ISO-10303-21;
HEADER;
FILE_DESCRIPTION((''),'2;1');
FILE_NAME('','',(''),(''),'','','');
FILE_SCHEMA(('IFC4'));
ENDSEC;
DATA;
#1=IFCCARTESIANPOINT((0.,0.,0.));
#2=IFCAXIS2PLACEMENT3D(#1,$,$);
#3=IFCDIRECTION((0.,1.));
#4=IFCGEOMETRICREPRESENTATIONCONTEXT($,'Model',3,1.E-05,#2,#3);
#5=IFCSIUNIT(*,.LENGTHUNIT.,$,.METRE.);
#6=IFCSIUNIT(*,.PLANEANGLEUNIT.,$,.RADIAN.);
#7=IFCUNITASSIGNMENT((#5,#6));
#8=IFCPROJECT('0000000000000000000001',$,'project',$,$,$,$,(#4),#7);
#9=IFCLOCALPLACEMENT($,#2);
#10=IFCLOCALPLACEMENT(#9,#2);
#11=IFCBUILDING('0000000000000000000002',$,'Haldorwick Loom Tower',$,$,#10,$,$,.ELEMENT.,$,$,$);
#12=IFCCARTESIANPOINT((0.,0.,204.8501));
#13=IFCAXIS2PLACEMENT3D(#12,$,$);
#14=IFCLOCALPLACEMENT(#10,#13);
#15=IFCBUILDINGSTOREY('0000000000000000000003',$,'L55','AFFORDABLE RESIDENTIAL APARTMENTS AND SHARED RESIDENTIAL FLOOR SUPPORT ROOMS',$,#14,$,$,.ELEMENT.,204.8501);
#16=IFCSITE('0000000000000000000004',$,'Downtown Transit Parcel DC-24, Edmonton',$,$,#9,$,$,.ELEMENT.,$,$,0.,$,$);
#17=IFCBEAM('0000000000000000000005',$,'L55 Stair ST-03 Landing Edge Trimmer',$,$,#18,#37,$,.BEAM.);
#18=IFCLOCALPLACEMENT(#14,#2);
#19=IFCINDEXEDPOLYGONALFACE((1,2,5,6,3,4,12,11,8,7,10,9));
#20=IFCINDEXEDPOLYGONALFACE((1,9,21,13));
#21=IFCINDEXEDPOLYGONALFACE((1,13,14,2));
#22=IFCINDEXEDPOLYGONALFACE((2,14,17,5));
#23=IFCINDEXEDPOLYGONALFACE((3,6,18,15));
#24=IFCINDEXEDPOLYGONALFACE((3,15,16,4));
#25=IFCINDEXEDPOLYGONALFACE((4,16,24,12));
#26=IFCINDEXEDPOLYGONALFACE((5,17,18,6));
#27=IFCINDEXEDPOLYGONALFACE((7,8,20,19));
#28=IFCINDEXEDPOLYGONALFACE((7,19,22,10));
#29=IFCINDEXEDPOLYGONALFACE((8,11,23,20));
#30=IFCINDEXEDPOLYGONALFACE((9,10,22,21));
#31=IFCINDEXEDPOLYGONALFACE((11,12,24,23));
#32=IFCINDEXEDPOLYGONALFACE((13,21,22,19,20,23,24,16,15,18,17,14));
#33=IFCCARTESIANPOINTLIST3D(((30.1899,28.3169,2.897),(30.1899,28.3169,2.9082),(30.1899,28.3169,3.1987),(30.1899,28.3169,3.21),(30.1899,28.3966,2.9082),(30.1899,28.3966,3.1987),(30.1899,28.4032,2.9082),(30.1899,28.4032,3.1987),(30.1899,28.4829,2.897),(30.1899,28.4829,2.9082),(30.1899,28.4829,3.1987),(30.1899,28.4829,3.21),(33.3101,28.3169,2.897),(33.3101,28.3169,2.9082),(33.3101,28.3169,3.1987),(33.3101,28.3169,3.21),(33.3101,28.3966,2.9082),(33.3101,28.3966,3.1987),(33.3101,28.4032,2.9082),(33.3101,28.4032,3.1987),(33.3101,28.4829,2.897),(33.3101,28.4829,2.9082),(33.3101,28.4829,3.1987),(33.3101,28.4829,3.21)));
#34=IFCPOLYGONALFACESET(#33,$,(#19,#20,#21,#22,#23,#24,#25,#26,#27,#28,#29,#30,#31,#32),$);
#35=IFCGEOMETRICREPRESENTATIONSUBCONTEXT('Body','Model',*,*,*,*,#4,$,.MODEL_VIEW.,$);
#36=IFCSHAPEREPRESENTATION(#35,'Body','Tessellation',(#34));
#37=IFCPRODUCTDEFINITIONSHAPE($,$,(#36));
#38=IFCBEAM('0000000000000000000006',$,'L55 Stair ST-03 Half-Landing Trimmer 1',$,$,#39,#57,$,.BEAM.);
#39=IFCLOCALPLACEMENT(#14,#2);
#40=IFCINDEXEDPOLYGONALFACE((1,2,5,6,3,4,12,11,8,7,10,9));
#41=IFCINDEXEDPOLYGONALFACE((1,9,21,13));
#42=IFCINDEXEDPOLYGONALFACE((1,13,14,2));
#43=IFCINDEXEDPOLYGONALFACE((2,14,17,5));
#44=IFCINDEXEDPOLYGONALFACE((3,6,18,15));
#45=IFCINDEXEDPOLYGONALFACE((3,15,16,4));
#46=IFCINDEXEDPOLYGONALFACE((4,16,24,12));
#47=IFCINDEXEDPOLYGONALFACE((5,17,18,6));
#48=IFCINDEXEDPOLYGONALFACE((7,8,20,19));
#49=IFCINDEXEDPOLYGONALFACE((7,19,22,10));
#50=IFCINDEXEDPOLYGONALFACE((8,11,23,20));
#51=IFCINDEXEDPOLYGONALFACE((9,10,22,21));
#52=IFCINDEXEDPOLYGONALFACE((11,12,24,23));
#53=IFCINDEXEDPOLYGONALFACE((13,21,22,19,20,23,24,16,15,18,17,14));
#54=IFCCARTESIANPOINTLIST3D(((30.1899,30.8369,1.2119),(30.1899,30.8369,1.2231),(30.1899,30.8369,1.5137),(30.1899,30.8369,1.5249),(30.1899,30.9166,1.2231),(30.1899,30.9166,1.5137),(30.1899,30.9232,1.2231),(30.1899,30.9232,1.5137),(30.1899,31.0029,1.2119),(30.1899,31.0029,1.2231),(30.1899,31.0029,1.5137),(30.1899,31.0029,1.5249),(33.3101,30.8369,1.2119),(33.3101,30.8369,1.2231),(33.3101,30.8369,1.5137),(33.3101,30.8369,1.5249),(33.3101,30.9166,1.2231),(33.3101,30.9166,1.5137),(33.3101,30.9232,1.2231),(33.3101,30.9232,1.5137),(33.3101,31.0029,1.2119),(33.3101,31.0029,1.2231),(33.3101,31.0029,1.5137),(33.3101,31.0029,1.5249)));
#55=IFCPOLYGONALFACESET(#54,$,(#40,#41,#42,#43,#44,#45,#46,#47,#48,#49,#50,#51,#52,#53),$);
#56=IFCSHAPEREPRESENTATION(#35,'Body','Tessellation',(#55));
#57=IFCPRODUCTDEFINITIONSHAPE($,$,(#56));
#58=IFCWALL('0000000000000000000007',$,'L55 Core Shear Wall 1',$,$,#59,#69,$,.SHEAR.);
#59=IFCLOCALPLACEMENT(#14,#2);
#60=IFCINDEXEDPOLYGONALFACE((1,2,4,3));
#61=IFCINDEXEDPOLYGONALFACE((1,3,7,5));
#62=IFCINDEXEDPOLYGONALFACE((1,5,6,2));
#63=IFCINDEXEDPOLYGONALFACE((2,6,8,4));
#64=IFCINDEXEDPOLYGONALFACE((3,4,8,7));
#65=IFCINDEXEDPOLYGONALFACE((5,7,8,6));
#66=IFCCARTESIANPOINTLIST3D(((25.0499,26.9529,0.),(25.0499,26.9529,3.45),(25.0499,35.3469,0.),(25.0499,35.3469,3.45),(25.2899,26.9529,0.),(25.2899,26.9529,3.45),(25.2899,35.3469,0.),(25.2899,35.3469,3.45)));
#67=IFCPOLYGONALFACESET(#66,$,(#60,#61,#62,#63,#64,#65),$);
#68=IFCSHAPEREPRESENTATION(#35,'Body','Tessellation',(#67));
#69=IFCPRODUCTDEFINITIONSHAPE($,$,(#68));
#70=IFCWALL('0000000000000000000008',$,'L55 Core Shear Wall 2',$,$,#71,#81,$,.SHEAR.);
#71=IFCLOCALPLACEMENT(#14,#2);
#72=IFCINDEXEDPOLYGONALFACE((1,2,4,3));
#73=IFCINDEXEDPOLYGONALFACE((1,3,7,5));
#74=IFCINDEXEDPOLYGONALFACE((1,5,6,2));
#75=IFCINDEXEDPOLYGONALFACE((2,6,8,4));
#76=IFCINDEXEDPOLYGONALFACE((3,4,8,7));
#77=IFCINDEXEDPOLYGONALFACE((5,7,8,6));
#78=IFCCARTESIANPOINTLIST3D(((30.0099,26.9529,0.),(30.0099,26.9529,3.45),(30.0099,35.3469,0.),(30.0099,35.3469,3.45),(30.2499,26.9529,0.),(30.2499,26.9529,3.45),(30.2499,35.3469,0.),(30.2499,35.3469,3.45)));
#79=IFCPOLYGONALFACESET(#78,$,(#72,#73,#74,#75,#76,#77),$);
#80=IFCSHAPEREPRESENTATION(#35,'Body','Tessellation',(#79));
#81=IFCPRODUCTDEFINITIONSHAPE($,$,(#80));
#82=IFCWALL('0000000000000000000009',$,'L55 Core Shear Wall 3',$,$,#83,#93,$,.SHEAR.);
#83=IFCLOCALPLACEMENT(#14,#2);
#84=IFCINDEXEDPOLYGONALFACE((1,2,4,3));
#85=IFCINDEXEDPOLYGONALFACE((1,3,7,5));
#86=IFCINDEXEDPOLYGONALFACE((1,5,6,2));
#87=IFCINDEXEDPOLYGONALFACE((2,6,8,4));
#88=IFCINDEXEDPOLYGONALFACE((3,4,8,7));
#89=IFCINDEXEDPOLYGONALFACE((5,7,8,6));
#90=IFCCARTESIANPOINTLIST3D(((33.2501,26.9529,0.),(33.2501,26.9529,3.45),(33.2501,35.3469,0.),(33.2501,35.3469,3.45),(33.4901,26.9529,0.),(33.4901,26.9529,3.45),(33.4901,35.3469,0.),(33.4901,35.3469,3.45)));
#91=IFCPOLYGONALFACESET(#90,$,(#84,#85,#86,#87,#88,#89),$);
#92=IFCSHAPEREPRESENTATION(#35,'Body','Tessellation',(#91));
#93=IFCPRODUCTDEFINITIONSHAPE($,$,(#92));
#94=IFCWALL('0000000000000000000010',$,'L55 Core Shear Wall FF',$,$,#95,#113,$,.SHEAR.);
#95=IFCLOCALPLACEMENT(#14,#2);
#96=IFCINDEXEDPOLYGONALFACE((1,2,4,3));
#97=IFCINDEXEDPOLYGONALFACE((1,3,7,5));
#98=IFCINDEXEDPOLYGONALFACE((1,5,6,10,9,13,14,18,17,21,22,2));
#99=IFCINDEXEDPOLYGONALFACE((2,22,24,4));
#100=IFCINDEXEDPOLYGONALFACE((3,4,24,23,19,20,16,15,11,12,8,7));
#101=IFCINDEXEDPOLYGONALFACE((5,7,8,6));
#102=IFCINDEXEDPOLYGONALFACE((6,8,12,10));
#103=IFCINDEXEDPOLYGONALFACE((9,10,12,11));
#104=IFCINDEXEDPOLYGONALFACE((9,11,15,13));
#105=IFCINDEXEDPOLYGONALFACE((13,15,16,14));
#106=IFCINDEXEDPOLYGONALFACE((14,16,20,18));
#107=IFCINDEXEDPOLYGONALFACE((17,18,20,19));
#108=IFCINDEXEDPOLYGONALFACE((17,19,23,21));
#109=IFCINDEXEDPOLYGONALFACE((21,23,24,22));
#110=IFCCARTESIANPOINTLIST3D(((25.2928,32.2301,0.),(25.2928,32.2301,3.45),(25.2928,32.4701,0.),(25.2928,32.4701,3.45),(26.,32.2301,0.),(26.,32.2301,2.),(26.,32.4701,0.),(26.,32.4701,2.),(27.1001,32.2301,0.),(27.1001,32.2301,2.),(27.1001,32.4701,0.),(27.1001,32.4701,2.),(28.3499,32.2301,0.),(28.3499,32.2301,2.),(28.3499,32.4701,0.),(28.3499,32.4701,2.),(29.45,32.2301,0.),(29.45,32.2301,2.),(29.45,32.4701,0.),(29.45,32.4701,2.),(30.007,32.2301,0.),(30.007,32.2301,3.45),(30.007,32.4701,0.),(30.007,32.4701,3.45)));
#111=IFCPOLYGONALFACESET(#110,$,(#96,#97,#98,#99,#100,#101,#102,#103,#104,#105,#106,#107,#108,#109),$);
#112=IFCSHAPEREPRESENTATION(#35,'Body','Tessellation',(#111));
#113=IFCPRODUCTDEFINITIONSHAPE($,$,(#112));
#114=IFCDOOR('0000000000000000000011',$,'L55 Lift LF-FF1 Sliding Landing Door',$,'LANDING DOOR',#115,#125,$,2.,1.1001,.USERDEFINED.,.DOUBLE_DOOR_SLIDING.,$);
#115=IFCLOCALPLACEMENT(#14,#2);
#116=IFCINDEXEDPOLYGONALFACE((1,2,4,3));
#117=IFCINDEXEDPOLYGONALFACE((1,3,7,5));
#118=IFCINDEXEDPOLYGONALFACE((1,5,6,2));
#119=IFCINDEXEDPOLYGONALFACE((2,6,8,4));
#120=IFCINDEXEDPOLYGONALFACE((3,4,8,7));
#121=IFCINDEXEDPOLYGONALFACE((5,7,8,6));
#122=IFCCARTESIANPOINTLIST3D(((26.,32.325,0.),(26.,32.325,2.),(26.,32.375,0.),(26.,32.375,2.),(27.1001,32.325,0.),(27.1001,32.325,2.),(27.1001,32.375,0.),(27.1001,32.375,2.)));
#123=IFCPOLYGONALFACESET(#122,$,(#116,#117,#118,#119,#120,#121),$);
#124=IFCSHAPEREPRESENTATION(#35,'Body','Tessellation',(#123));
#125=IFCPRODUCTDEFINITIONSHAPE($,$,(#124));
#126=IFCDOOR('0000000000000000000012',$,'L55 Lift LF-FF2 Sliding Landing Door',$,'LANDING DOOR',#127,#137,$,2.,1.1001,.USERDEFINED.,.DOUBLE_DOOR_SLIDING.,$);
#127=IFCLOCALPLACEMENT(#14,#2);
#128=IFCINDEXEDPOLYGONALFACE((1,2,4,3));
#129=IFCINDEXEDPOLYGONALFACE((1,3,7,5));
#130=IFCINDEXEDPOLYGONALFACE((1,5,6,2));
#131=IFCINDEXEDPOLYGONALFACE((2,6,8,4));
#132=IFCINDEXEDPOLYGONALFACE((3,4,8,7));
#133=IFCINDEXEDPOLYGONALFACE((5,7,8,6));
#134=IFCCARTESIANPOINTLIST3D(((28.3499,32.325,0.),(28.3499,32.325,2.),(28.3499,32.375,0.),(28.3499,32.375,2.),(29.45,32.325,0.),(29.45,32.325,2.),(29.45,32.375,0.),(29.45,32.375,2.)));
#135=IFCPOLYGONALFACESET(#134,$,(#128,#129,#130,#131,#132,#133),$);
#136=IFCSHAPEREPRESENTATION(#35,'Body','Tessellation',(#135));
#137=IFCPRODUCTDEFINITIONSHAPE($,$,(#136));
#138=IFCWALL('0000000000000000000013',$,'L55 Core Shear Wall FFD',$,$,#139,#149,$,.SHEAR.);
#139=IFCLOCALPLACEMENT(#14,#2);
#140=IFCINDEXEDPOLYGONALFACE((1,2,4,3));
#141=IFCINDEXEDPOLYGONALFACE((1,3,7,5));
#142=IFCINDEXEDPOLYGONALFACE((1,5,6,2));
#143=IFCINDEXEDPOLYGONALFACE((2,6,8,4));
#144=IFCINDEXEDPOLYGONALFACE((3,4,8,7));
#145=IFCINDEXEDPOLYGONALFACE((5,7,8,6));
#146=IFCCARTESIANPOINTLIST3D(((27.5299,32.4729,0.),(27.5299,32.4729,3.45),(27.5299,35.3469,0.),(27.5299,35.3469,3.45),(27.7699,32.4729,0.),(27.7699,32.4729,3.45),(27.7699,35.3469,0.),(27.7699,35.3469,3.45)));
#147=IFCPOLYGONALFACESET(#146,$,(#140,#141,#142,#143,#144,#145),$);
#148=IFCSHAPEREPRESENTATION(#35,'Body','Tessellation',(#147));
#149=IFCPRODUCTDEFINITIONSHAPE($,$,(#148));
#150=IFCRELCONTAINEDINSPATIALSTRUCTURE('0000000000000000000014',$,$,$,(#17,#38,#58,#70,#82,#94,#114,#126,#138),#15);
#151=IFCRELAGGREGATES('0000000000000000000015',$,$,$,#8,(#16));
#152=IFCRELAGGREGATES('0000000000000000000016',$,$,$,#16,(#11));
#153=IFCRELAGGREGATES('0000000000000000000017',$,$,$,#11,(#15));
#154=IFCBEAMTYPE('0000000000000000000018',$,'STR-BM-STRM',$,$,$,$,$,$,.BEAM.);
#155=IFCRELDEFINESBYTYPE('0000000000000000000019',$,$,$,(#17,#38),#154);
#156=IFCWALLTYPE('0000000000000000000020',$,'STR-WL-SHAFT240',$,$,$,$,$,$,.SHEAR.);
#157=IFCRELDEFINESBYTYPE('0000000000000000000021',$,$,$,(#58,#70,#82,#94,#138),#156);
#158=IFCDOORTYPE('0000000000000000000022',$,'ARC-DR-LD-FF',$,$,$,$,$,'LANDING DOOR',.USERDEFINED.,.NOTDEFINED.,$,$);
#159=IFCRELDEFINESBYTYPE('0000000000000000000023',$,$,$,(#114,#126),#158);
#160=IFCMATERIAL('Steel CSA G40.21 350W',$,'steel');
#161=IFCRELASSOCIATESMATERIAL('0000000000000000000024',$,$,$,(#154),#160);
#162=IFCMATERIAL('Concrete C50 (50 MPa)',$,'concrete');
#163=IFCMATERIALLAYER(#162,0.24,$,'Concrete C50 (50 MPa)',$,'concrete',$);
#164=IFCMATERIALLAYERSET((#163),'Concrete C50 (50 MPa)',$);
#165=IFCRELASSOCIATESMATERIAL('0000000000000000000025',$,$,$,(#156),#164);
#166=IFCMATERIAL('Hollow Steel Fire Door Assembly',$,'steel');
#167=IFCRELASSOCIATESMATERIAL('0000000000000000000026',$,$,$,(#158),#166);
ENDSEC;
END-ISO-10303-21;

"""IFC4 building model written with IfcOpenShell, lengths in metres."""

from ifc_helpers import new_model, si_unit, direction, frame, frame_2d, origin, origin_2d, place, context, subcontext, project, spatial, rectangle, i_section, extrude, material, layer, layer_set, material_profile, profile_set, type_object, element, fill, save


model = new_model("IFC4")

# Units and contexts
model_context = context("Model", 3, precision=1e-05, world=origin(), true_north=direction((0.0, 1.0)))
body_context = subcontext(model_context, "Body", "Model", "MODEL_VIEW")
ifc_project = project(units=[si_unit("LENGTHUNIT", "METRE"), si_unit("PLANEANGLEUNIT", "RADIAN")], contexts=[model_context])

# Site, building, storey
site_placement = place(None, origin())
site = spatial("IfcSite", under=ifc_project, at=site_placement, Name="Downtown Transit Parcel DC-24, Edmonton", CompositionType="ELEMENT", RefElevation=0.0)
building_placement = place(site_placement, origin())
building = spatial("IfcBuilding", under=site, at=building_placement, Name="Haldorwick Loom Tower", CompositionType="ELEMENT")
storey_placement = place(building_placement, frame((0.0, 0.0, 204.8501)))
storey = spatial("IfcBuildingStorey", under=building, at=storey_placement, Name="L55", Description="AFFORDABLE RESIDENTIAL APARTMENTS AND SHARED RESIDENTIAL FLOOR SUPPORT ROOMS", CompositionType="ELEMENT", Elevation=204.8501)

# Beams
ifc_material_1 = material(Name="Steel CSA G40.21 350W", Category="steel")
ifc_material_profile = material_profile(ifc_material_1, i_section(OverallWidth=0.166, OverallDepth=0.313, WebThickness=0.0066, FlangeThickness=0.0112, at=origin_2d()), Name="W310X45", Category="steel")
ifc_profile_set = profile_set([ifc_material_profile], Name="Steel CSA G40.21 350W")
beam_type = type_object("IfcBeamType", Name="STR-BM-STRM", PredefinedType="BEAM", material=ifc_profile_set)
for number, where, z_axis, x_axis, name in (
    (1, (30.1899, 28.3999, 3.0535), (1.0, 0.0, 0.0), (0.0, 1.0, 0.0), "L55 Stair ST-03 Landing Edge Trimmer"),
    (2, (30.1899, 30.9199, 1.3684), (1.0, 0.0, 0.0), (0.0, 1.0, 0.0), "L55 Stair ST-03 Half-Landing Trimmer 1"),
):
    element("IfcBeam", number, at=place(storey_placement, frame(where, z_axis=z_axis, x_axis=x_axis)), inside=storey, type_object=beam_type, Name=name, PredefinedType="BEAM", context=body_context, shape_type="SweptSolid", body=[
        extrude(i_section(OverallWidth=0.166, OverallDepth=0.313, WebThickness=0.0066, FlangeThickness=0.0112, at=origin_2d()), origin(), (0.0, 0.0, 1.0), 3.1201),
    ])

# Walls
ifc_material_2 = material(Name="Concrete C50 (50 MPa)", Category="concrete")
ifc_layer = layer(ifc_material_2, 0.24, Name="Concrete C50 (50 MPa)", Category="concrete")
ifc_layer_set = layer_set([ifc_layer], Name="Concrete C50 (50 MPa)")
wall_type = type_object("IfcWallType", Name="STR-WL-SHAFT240", PredefinedType="SHEAR", material=ifc_layer_set)
for number, where, z_axis, x_axis, name in (
    (3, (25.1699, 26.9529, 0.0), (0.0, 0.0, 1.0), (0.0, 1.0, 0.0), "L55 Core Shear Wall 1"),
    (4, (30.1299, 26.9529, 0.0), (0.0, 0.0, 1.0), (0.0, 1.0, 0.0), "L55 Core Shear Wall 2"),
    (5, (33.3701, 26.9529, 0.0), (0.0, 0.0, 1.0), (0.0, 1.0, 0.0), "L55 Core Shear Wall 3"),
):
    element("IfcWall", number, at=place(storey_placement, frame(where, z_axis=z_axis, x_axis=x_axis)), inside=storey, type_object=wall_type, Name=name, PredefinedType="SHEAR", context=body_context, shape_type="SweptSolid", body=[
        extrude(rectangle(XDim=8.394, YDim=0.24, at=frame_2d((4.197, 0.0))), origin(), (0.0, 0.0, 1.0), 3.45),
    ])

# Wall, openings, doors
wall_1_placement = place(storey_placement, frame((25.293, 32.3501, 0.0), z_axis=(0.0, 0.0, 1.0), x_axis=(1.0, 0.0, 0.0)))
wall_1 = element("IfcWall", 6, at=wall_1_placement, inside=storey, type_object=wall_type, Name="L55 Core Shear Wall FF", PredefinedType="SHEAR", context=body_context, shape_type="SweptSolid", body=[
    extrude(rectangle(XDim=4.7141, YDim=0.24, at=frame_2d((2.3569, 0.0))), origin(), (0.0, 0.0, 1.0), 3.45),
])
opening_1_placement = place(wall_1_placement, frame((0.707, 0.0, 0.0)))
opening_1 = element("IfcOpeningElement", 7, at=opening_1_placement, cuts=wall_1, PredefinedType="OPENING", context=body_context, shape_type="SweptSolid", body=[
    extrude(rectangle(XDim=1.1001, YDim=2.0, at=frame_2d((0.55, 1.0))), frame((0.0, 0.1299, 0.0), z_axis=(0.0, -1.0, 0.0), x_axis=(1.0, 0.0, 0.0)), (0.0, 0.0, 1.0), 0.26),
])
opening_2_placement = place(wall_1_placement, frame((3.0569, 0.0, 0.0)))
opening_2 = element("IfcOpeningElement", 8, at=opening_2_placement, cuts=wall_1, PredefinedType="OPENING", context=body_context, shape_type="SweptSolid", body=[
    extrude(rectangle(XDim=1.1001, YDim=2.0, at=frame_2d((0.55, 1.0))), frame((0.0, 0.1299, 0.0), z_axis=(0.0, -1.0, 0.0), x_axis=(1.0, 0.0, 0.0)), (0.0, 0.0, 1.0), 0.26),
])
ifc_material_3 = material(Name="Hollow Steel Fire Door Assembly", Category="steel")
door_type_1 = type_object("IfcDoorType", Name="ARC-DR-LD-FF", ElementType="LANDING DOOR", OperationType="NOTDEFINED", PredefinedType="USERDEFINED", material=ifc_material_3)
door_1_placement = place(opening_1_placement, origin())
door_1 = element("IfcDoor", 9, at=door_1_placement, inside=storey, type_object=door_type_1, Name="L55 Lift LF-FF1 Sliding Landing Door", ObjectType="LANDING DOOR", OperationType="DOUBLE_DOOR_SLIDING", OverallHeight=2.0, OverallWidth=1.1001, PredefinedType="USERDEFINED", context=body_context, shape_type="SweptSolid", body=[
    extrude(rectangle(XDim=1.1001, YDim=2.0, at=frame_2d((0.55, 1.0))), frame((0.0, 0.0249, 0.0), z_axis=(0.0, -1.0, 0.0), x_axis=(1.0, 0.0, 0.0)), (0.0, 0.0, 1.0), 0.05),
])
fill(opening_1, door_1)
door_2_placement = place(opening_2_placement, origin())
door_2 = element("IfcDoor", 10, at=door_2_placement, inside=storey, type_object=door_type_1, Name="L55 Lift LF-FF2 Sliding Landing Door", ObjectType="LANDING DOOR", OperationType="DOUBLE_DOOR_SLIDING", OverallHeight=2.0, OverallWidth=1.1001, PredefinedType="USERDEFINED", context=body_context, shape_type="SweptSolid", body=[
    extrude(rectangle(XDim=1.1001, YDim=2.0, at=frame_2d((0.55, 1.0))), frame((0.0, 0.0249, 0.0), z_axis=(0.0, -1.0, 0.0), x_axis=(1.0, 0.0, 0.0)), (0.0, 0.0, 1.0), 0.05),
])
fill(opening_2, door_2)

# Wall
wall_2_placement = place(storey_placement, frame((27.6499, 32.4729, 0.0), z_axis=(0.0, 0.0, 1.0), x_axis=(0.0, 1.0, 0.0)))
element("IfcWall", 11, at=wall_2_placement, inside=storey, type_object=wall_type, Name="L55 Core Shear Wall FFD", PredefinedType="SHEAR", context=body_context, shape_type="SweptSolid", body=[
    extrude(rectangle(XDim=2.874, YDim=0.24, at=frame_2d((1.437, 0.0))), origin(), (0.0, 0.0, 1.0), 3.45),
])

save(model, "model.ifc")
